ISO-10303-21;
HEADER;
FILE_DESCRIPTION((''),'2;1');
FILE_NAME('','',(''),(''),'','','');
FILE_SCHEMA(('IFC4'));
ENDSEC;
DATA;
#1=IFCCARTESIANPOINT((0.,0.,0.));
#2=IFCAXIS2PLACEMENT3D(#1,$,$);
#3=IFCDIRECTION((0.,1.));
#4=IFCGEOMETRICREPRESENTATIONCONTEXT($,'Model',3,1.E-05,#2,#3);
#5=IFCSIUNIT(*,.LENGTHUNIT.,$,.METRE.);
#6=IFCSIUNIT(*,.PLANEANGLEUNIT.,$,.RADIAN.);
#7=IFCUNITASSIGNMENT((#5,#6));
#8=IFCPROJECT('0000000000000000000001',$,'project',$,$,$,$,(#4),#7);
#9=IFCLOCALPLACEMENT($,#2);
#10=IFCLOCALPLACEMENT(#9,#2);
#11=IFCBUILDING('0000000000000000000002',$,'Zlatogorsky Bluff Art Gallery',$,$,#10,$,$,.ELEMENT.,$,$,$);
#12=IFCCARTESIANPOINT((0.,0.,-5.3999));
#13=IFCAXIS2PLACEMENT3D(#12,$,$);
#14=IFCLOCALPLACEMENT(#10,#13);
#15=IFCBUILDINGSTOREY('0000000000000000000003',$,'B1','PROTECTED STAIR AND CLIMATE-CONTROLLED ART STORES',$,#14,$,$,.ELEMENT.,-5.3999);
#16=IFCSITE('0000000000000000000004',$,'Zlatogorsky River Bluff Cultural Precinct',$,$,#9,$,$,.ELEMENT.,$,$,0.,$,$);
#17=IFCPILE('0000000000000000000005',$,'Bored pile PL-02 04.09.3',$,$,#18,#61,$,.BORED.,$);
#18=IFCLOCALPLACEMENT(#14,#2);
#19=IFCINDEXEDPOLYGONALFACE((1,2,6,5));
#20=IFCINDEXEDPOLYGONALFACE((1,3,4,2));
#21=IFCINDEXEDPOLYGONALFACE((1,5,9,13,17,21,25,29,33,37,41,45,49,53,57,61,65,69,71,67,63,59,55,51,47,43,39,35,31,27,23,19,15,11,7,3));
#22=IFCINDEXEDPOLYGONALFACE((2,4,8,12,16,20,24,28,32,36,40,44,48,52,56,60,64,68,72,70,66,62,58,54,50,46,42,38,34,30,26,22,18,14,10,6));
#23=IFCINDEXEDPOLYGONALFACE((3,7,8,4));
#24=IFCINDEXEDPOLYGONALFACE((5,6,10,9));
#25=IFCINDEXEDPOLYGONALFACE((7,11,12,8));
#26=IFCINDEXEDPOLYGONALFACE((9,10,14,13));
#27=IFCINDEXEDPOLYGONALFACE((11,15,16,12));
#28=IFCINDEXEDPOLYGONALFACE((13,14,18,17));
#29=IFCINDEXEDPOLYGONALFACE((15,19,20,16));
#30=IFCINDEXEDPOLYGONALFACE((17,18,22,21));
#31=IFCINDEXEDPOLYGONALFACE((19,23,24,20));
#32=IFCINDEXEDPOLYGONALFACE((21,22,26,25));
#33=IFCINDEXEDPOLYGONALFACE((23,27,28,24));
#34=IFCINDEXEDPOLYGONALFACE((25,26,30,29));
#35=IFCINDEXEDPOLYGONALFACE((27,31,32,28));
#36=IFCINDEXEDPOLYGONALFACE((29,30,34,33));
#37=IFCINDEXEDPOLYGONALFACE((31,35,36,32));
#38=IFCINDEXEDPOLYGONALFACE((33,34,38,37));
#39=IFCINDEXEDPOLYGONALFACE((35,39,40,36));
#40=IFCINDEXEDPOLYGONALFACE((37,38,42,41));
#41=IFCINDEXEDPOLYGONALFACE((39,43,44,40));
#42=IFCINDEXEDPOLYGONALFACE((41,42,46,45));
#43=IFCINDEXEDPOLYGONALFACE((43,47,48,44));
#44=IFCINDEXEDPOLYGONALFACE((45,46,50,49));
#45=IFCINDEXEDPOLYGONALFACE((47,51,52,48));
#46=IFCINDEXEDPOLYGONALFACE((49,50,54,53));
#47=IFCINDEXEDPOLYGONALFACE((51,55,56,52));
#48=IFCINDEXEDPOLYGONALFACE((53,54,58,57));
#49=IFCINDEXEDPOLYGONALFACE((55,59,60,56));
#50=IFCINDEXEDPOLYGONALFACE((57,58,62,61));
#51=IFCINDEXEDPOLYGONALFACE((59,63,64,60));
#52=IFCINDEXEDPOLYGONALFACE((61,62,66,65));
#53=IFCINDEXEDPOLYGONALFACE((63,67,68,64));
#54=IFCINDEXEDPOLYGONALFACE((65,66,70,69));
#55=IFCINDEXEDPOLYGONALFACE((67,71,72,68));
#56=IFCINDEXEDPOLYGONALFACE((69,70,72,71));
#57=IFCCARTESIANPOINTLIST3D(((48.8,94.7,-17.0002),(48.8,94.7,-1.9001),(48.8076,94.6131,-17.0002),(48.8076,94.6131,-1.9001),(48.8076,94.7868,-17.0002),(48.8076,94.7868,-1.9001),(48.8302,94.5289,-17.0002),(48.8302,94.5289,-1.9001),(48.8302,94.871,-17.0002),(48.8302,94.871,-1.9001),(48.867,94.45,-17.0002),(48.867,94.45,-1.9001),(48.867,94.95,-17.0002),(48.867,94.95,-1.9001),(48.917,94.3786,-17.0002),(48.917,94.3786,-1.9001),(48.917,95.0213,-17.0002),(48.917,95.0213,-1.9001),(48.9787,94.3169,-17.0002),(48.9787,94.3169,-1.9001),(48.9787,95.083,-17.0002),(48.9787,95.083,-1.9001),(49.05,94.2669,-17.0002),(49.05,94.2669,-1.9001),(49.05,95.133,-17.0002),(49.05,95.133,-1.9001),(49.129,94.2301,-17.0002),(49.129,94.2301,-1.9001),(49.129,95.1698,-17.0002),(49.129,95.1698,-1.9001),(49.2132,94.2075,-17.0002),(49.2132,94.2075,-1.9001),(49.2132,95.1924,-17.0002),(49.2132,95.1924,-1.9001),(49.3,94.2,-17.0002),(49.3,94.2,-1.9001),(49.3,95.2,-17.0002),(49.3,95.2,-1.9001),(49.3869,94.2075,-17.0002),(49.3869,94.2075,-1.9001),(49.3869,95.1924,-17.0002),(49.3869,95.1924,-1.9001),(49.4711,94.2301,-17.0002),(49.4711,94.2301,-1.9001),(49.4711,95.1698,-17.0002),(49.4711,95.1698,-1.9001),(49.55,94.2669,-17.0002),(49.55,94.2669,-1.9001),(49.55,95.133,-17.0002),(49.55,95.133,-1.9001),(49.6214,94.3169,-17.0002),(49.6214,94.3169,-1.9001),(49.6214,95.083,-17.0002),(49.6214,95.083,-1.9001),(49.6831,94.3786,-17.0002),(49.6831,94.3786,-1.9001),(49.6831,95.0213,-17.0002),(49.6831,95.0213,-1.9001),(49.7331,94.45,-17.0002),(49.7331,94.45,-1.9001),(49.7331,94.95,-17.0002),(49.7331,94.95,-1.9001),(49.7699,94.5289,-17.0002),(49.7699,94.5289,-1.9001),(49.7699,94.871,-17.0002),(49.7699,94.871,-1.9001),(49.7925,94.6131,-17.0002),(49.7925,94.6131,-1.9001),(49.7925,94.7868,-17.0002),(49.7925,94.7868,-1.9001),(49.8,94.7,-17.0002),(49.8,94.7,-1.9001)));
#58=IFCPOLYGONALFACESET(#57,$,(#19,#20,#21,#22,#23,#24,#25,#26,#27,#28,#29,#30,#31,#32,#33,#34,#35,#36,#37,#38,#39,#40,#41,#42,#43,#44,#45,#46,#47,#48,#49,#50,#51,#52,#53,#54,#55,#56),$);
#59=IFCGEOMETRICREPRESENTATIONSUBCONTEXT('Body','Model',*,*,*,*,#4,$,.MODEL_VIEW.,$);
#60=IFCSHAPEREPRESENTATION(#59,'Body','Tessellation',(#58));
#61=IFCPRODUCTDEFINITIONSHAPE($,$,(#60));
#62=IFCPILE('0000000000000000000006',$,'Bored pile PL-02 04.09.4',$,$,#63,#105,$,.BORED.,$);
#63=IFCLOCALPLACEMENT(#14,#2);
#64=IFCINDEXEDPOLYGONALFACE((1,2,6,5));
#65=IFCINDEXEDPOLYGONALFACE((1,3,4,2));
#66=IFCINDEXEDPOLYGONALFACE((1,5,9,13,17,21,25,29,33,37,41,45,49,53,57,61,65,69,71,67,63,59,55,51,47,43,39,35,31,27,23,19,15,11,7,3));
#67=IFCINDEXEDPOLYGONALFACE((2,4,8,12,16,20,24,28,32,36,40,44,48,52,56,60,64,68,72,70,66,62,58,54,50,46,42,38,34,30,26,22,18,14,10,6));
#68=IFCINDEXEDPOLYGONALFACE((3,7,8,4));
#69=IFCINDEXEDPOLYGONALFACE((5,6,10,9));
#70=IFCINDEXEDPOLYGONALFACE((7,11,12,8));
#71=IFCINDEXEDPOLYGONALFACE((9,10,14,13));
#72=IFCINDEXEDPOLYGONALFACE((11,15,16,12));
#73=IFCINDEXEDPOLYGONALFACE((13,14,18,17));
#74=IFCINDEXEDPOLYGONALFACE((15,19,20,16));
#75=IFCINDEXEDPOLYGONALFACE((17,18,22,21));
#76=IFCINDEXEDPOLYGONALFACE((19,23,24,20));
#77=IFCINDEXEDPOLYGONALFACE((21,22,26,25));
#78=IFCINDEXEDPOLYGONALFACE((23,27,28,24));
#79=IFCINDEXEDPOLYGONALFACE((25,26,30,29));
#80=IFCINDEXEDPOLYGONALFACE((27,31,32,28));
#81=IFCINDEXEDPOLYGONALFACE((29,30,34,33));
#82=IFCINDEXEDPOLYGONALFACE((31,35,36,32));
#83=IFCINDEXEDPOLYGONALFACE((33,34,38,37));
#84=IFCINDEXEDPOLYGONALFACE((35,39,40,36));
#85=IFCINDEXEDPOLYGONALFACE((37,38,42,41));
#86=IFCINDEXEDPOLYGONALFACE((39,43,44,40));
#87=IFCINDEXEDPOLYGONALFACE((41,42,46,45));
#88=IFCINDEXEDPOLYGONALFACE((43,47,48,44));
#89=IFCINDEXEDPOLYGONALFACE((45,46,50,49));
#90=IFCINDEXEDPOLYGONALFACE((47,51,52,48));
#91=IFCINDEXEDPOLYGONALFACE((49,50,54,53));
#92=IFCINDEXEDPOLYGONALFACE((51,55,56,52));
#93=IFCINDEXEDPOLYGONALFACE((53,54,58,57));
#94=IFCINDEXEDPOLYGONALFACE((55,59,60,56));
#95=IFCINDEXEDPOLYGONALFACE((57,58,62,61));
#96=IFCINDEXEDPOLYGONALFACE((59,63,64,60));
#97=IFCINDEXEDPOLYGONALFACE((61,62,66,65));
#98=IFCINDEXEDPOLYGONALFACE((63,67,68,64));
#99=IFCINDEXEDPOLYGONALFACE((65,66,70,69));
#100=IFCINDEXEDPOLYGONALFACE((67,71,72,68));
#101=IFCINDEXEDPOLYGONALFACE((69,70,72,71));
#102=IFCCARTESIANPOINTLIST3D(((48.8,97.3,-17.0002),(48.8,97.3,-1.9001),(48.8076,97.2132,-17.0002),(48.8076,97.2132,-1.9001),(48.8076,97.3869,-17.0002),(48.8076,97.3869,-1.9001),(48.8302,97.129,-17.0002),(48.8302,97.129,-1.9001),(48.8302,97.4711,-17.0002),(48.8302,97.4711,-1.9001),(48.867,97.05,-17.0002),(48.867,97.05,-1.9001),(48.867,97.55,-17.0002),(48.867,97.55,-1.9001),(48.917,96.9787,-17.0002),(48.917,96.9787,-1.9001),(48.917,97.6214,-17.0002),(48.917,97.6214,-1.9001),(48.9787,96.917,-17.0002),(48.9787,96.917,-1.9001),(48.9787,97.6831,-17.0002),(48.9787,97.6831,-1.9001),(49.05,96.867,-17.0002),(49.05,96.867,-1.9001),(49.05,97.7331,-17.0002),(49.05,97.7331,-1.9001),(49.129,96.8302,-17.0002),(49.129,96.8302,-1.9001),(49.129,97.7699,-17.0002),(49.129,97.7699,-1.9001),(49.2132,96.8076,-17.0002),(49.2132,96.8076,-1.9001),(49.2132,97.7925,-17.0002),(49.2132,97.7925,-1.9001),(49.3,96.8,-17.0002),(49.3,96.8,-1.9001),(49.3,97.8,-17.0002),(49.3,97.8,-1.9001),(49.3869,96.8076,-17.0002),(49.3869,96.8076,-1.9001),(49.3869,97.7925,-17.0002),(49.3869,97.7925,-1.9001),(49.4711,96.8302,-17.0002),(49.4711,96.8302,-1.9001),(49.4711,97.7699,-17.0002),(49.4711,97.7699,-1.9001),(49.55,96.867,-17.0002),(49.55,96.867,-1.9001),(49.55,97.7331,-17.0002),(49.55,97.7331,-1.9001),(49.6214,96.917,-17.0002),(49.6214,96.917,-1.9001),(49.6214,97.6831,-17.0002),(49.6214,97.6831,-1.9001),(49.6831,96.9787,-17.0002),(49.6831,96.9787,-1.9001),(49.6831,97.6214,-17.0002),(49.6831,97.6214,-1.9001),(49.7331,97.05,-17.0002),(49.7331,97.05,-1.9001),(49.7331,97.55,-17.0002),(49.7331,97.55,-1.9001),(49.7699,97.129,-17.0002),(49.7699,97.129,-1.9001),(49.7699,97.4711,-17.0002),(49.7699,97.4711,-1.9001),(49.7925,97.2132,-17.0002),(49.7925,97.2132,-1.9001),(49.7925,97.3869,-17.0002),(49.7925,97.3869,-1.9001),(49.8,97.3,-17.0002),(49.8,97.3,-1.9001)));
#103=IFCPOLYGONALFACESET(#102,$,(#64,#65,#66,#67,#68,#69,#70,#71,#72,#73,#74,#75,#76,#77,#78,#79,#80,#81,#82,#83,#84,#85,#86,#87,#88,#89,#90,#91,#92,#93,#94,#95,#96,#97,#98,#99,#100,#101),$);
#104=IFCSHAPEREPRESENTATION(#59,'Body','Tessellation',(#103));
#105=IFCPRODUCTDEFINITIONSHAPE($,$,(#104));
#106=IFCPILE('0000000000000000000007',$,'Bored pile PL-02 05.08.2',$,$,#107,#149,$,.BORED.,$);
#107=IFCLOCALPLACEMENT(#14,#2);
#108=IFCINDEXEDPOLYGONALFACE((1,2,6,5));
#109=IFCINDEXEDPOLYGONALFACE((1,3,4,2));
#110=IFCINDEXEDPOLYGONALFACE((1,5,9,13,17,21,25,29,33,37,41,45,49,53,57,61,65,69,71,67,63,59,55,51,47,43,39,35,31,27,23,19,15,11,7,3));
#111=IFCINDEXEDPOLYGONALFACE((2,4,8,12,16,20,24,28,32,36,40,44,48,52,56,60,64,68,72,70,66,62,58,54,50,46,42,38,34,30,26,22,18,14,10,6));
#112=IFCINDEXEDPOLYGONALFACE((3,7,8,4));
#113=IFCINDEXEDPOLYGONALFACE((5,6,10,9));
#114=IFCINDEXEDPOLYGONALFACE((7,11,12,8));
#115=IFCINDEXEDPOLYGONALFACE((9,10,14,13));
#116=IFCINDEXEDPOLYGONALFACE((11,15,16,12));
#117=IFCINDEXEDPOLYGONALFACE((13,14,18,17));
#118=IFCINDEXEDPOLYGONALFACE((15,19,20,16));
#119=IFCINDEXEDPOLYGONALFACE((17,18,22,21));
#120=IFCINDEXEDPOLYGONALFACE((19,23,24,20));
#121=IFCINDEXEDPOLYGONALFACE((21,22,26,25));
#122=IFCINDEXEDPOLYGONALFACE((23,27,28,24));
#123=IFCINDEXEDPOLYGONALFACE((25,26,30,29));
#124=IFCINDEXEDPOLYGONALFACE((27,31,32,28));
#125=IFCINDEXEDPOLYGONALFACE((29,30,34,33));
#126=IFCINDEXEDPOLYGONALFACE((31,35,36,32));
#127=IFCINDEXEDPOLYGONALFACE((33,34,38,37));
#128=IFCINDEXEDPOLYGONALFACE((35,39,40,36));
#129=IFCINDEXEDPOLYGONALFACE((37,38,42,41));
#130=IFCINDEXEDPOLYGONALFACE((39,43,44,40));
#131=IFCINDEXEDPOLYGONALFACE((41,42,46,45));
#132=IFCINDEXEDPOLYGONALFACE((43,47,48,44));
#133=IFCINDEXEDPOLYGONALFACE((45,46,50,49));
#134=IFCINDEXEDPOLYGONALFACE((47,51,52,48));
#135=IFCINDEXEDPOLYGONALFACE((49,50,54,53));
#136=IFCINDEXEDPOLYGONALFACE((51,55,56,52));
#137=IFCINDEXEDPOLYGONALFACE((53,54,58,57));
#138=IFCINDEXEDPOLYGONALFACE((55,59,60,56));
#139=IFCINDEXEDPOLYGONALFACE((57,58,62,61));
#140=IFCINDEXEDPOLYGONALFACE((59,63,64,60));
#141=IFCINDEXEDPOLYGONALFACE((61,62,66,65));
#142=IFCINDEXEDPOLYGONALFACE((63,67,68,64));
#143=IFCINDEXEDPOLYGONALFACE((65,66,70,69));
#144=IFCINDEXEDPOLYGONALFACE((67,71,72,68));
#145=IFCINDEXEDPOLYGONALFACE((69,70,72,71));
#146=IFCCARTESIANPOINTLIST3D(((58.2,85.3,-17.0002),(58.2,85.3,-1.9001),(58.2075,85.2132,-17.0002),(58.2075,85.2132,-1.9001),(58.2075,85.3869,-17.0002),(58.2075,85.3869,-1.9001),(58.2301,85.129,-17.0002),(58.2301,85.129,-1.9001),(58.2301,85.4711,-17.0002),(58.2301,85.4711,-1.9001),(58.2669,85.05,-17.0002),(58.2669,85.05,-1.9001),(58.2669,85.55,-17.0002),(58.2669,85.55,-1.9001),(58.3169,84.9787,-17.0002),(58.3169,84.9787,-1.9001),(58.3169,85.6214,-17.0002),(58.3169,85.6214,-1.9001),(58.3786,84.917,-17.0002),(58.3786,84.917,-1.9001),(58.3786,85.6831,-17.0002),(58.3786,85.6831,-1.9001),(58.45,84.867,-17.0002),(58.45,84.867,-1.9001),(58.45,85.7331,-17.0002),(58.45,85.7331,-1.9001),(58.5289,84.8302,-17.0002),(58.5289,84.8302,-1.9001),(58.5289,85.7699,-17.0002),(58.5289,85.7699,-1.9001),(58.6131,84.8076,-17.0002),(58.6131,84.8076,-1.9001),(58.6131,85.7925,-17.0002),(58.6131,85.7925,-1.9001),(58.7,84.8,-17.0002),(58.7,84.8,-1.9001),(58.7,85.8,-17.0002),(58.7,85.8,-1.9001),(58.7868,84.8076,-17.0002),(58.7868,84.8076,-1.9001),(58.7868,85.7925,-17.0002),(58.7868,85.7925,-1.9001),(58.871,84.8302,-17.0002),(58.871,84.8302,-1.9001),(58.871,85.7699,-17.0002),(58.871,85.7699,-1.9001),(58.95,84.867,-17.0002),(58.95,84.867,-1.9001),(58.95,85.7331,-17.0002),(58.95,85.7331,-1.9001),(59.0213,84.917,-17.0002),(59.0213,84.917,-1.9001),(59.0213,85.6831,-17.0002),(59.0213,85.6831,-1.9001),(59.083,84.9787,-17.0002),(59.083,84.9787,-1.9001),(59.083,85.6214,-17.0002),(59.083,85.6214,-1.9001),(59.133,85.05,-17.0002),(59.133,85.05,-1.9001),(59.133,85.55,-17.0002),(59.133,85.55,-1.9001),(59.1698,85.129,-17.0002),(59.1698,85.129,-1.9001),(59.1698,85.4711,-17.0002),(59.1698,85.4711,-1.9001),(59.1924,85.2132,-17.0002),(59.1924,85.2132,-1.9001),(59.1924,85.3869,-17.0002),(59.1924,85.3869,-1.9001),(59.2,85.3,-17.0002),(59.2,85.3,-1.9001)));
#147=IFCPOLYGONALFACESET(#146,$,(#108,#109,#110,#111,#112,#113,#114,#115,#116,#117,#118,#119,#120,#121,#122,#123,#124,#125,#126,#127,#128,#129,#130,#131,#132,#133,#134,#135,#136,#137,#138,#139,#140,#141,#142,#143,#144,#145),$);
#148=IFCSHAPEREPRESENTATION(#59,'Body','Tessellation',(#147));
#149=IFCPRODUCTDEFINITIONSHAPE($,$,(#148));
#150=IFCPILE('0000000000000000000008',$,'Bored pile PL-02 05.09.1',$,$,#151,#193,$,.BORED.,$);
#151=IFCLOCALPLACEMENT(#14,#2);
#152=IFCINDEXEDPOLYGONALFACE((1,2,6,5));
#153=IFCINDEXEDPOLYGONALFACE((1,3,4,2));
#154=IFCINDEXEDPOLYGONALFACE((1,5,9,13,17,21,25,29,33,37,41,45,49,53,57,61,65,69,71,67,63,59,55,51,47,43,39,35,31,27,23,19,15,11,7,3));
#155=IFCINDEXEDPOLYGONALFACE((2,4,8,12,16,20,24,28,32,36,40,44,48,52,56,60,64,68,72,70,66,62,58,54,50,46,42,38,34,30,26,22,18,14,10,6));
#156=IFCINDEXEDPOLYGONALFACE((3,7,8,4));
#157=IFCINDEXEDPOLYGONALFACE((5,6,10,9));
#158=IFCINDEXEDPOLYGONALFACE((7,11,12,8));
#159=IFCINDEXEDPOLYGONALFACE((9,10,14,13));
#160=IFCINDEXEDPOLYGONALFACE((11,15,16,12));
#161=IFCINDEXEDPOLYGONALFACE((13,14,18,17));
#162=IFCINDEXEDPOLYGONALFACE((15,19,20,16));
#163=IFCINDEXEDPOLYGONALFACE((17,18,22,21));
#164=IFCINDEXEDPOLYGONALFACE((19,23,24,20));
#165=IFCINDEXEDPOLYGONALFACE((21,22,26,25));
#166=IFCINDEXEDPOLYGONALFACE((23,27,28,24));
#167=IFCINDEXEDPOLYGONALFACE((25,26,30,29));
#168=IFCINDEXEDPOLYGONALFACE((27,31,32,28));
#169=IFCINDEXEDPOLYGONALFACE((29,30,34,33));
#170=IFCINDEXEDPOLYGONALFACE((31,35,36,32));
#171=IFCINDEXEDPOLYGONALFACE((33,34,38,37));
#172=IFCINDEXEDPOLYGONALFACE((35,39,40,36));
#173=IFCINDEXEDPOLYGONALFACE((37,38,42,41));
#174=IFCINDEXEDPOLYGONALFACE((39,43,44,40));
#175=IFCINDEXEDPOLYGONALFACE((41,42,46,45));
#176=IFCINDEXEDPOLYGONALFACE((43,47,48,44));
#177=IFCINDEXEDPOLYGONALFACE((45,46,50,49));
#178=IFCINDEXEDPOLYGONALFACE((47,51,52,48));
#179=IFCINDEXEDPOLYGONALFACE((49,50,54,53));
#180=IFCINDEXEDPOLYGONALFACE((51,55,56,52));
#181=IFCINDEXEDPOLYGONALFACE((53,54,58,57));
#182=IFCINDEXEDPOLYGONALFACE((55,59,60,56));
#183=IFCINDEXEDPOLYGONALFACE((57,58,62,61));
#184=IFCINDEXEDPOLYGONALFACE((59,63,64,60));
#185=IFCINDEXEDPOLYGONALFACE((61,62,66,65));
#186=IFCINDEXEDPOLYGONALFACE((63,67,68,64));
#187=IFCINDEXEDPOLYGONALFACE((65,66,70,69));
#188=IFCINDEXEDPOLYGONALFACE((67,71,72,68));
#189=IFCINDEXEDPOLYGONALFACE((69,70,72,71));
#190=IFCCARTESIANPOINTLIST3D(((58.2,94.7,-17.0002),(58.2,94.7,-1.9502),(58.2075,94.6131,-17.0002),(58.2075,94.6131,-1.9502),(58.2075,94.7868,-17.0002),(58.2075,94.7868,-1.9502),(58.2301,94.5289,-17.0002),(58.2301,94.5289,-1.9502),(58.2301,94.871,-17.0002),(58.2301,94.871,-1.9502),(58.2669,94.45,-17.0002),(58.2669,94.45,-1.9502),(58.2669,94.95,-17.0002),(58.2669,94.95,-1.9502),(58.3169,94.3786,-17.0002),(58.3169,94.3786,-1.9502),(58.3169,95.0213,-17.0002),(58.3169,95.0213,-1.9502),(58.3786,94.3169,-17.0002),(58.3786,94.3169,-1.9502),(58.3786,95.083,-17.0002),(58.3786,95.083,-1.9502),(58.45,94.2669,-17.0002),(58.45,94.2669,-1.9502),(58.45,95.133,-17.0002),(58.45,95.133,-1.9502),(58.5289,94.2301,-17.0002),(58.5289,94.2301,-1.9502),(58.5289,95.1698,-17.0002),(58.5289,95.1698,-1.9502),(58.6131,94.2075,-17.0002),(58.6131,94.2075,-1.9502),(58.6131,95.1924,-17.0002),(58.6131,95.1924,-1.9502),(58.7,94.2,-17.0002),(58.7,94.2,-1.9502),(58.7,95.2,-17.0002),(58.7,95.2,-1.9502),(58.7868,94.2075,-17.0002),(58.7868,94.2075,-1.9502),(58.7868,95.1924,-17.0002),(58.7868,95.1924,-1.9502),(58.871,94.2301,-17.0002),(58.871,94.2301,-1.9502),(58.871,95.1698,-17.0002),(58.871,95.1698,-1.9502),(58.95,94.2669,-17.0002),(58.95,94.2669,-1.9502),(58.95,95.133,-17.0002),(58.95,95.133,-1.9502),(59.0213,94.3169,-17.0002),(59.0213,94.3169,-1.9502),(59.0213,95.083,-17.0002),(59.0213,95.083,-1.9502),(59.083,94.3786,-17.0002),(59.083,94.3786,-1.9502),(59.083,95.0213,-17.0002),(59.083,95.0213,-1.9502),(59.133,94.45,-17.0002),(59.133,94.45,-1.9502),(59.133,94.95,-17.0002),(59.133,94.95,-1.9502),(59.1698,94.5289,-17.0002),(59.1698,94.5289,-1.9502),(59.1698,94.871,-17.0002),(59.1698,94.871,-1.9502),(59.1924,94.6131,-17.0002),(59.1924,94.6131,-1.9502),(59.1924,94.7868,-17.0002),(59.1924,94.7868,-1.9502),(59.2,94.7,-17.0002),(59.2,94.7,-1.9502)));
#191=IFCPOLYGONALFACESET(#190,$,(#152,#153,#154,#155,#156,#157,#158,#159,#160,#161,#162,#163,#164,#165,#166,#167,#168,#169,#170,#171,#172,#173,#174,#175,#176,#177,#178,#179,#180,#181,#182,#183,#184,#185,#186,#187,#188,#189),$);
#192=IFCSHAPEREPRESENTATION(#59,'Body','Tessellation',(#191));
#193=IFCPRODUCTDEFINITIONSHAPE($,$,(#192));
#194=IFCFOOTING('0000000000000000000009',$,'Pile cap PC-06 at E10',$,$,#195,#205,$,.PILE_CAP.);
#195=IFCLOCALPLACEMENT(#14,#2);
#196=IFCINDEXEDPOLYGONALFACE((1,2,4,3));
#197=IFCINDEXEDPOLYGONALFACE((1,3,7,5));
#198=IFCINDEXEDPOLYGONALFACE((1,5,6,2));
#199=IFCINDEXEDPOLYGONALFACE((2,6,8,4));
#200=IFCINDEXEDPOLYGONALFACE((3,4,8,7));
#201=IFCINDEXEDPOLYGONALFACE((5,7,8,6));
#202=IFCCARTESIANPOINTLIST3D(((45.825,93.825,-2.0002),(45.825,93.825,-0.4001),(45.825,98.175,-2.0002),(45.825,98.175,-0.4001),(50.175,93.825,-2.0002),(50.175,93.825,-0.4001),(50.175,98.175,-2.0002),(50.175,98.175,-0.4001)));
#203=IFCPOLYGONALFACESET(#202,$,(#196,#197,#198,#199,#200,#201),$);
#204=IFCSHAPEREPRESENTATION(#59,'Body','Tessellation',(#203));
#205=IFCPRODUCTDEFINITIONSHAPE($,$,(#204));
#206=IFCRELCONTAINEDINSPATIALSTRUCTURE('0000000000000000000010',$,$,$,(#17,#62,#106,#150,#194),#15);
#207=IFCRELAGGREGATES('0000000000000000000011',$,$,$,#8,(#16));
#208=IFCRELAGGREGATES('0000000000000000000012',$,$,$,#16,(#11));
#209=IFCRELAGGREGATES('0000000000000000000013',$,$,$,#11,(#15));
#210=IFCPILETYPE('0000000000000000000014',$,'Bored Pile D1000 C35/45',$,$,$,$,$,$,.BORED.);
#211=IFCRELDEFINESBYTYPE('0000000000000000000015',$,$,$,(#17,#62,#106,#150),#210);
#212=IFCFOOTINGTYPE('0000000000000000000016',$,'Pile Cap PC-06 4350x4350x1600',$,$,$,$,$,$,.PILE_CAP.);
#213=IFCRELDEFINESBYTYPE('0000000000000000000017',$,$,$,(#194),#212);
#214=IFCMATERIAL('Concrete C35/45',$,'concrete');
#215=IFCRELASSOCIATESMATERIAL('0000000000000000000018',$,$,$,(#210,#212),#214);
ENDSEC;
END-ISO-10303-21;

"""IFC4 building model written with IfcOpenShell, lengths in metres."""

from ifc_helpers import new_model, si_unit, direction, frame, origin, origin_2d, place, context, subcontext, project, spatial, rectangle, circle, extrude, material, material_profile, profile_set, type_object, element, save


model = new_model("IFC4")

# Units and contexts
model_context = context("Model", 3, precision=1e-05, world=origin(), true_north=direction((0.0, 1.0)))
body_context = subcontext(model_context, "Body", "Model", "MODEL_VIEW")
ifc_project = project(units=[si_unit("LENGTHUNIT", "METRE"), si_unit("PLANEANGLEUNIT", "RADIAN")], contexts=[model_context])

# Site, building, storey
site_placement = place(None, origin())
site = spatial("IfcSite", under=ifc_project, at=site_placement, Name="Zlatogorsky River Bluff Cultural Precinct", CompositionType="ELEMENT", RefElevation=0.0)
building_placement = place(site_placement, origin())
building = spatial("IfcBuilding", under=site, at=building_placement, Name="Zlatogorsky Bluff Art Gallery", CompositionType="ELEMENT")
storey_placement = place(building_placement, frame((0.0, 0.0, -5.3999)))
storey = spatial("IfcBuildingStorey", under=building, at=storey_placement, Name="B1", Description="PROTECTED STAIR AND CLIMATE-CONTROLLED ART STORES", CompositionType="ELEMENT", Elevation=-5.3999)

# Piles
ifc_material_1 = material(Name="Concrete C35/45", Category="concrete")
ifc_material_profile_1 = material_profile(ifc_material_1, circle(Radius=0.5, at=origin_2d()), Name="BORED PILE D1000")
ifc_profile_set_1 = profile_set([ifc_material_profile_1], Name="Concrete C35/45")
pile_type = type_object("IfcPileType", Name="Bored Pile D1000 C35/45", PredefinedType="BORED", material=ifc_profile_set_1)
for number, where, z_axis, x_axis, name in (
    (1, (49.3, 94.7, -1.9001), (0.0, 0.0, -1.0), (1.0, 0.0, 0.0), "Bored pile PL-02 04.09.3"),
    (2, (49.3, 97.3, -1.9001), (0.0, 0.0, -1.0), (1.0, 0.0, 0.0), "Bored pile PL-02 04.09.4"),
    (3, (58.7, 85.3, -1.9001), (0.0, 0.0, -1.0), (1.0, 0.0, 0.0), "Bored pile PL-02 05.08.2"),
):
    element("IfcPile", number, at=place(storey_placement, frame(where, z_axis=z_axis, x_axis=x_axis)), inside=storey, type_object=pile_type, Name=name, PredefinedType="BORED", context=body_context, shape_type="SweptSolid", body=[
        extrude(circle(Radius=0.5, at=origin_2d()), origin(), (0.0, 0.0, 1.0), 15.1001),
    ])
pile_placement = place(storey_placement, frame((58.7, 94.7, -1.9502), z_axis=(0.0, 0.0, -1.0), x_axis=(1.0, 0.0, 0.0)))
element("IfcPile", 4, at=pile_placement, inside=storey, type_object=pile_type, Name="Bored pile PL-02 05.09.1", PredefinedType="BORED", context=body_context, shape_type="SweptSolid", body=[
    extrude(circle(Radius=0.5, at=origin_2d()), origin(), (0.0, 0.0, 1.0), 15.05),
])

# Footing
footing_type = type_object("IfcFootingType", Name="Pile Cap PC-06 4350x4350x1600", PredefinedType="PILE_CAP", material=ifc_material_1)
footing_placement = place(storey_placement, frame((48.0, 96.0, -2.0002), z_axis=(0.0, 0.0, 1.0), x_axis=(1.0, 0.0, 0.0)))
element("IfcFooting", 5, at=footing_placement, inside=storey, type_object=footing_type, Name="Pile cap PC-06 at E10", PredefinedType="PILE_CAP", context=body_context, shape_type="SweptSolid", body=[
    extrude(rectangle(XDim=4.3501, YDim=4.3501, at=origin_2d()), origin(), (0.0, 0.0, 1.0), 1.6001),
])

save(model, "model.ifc")
